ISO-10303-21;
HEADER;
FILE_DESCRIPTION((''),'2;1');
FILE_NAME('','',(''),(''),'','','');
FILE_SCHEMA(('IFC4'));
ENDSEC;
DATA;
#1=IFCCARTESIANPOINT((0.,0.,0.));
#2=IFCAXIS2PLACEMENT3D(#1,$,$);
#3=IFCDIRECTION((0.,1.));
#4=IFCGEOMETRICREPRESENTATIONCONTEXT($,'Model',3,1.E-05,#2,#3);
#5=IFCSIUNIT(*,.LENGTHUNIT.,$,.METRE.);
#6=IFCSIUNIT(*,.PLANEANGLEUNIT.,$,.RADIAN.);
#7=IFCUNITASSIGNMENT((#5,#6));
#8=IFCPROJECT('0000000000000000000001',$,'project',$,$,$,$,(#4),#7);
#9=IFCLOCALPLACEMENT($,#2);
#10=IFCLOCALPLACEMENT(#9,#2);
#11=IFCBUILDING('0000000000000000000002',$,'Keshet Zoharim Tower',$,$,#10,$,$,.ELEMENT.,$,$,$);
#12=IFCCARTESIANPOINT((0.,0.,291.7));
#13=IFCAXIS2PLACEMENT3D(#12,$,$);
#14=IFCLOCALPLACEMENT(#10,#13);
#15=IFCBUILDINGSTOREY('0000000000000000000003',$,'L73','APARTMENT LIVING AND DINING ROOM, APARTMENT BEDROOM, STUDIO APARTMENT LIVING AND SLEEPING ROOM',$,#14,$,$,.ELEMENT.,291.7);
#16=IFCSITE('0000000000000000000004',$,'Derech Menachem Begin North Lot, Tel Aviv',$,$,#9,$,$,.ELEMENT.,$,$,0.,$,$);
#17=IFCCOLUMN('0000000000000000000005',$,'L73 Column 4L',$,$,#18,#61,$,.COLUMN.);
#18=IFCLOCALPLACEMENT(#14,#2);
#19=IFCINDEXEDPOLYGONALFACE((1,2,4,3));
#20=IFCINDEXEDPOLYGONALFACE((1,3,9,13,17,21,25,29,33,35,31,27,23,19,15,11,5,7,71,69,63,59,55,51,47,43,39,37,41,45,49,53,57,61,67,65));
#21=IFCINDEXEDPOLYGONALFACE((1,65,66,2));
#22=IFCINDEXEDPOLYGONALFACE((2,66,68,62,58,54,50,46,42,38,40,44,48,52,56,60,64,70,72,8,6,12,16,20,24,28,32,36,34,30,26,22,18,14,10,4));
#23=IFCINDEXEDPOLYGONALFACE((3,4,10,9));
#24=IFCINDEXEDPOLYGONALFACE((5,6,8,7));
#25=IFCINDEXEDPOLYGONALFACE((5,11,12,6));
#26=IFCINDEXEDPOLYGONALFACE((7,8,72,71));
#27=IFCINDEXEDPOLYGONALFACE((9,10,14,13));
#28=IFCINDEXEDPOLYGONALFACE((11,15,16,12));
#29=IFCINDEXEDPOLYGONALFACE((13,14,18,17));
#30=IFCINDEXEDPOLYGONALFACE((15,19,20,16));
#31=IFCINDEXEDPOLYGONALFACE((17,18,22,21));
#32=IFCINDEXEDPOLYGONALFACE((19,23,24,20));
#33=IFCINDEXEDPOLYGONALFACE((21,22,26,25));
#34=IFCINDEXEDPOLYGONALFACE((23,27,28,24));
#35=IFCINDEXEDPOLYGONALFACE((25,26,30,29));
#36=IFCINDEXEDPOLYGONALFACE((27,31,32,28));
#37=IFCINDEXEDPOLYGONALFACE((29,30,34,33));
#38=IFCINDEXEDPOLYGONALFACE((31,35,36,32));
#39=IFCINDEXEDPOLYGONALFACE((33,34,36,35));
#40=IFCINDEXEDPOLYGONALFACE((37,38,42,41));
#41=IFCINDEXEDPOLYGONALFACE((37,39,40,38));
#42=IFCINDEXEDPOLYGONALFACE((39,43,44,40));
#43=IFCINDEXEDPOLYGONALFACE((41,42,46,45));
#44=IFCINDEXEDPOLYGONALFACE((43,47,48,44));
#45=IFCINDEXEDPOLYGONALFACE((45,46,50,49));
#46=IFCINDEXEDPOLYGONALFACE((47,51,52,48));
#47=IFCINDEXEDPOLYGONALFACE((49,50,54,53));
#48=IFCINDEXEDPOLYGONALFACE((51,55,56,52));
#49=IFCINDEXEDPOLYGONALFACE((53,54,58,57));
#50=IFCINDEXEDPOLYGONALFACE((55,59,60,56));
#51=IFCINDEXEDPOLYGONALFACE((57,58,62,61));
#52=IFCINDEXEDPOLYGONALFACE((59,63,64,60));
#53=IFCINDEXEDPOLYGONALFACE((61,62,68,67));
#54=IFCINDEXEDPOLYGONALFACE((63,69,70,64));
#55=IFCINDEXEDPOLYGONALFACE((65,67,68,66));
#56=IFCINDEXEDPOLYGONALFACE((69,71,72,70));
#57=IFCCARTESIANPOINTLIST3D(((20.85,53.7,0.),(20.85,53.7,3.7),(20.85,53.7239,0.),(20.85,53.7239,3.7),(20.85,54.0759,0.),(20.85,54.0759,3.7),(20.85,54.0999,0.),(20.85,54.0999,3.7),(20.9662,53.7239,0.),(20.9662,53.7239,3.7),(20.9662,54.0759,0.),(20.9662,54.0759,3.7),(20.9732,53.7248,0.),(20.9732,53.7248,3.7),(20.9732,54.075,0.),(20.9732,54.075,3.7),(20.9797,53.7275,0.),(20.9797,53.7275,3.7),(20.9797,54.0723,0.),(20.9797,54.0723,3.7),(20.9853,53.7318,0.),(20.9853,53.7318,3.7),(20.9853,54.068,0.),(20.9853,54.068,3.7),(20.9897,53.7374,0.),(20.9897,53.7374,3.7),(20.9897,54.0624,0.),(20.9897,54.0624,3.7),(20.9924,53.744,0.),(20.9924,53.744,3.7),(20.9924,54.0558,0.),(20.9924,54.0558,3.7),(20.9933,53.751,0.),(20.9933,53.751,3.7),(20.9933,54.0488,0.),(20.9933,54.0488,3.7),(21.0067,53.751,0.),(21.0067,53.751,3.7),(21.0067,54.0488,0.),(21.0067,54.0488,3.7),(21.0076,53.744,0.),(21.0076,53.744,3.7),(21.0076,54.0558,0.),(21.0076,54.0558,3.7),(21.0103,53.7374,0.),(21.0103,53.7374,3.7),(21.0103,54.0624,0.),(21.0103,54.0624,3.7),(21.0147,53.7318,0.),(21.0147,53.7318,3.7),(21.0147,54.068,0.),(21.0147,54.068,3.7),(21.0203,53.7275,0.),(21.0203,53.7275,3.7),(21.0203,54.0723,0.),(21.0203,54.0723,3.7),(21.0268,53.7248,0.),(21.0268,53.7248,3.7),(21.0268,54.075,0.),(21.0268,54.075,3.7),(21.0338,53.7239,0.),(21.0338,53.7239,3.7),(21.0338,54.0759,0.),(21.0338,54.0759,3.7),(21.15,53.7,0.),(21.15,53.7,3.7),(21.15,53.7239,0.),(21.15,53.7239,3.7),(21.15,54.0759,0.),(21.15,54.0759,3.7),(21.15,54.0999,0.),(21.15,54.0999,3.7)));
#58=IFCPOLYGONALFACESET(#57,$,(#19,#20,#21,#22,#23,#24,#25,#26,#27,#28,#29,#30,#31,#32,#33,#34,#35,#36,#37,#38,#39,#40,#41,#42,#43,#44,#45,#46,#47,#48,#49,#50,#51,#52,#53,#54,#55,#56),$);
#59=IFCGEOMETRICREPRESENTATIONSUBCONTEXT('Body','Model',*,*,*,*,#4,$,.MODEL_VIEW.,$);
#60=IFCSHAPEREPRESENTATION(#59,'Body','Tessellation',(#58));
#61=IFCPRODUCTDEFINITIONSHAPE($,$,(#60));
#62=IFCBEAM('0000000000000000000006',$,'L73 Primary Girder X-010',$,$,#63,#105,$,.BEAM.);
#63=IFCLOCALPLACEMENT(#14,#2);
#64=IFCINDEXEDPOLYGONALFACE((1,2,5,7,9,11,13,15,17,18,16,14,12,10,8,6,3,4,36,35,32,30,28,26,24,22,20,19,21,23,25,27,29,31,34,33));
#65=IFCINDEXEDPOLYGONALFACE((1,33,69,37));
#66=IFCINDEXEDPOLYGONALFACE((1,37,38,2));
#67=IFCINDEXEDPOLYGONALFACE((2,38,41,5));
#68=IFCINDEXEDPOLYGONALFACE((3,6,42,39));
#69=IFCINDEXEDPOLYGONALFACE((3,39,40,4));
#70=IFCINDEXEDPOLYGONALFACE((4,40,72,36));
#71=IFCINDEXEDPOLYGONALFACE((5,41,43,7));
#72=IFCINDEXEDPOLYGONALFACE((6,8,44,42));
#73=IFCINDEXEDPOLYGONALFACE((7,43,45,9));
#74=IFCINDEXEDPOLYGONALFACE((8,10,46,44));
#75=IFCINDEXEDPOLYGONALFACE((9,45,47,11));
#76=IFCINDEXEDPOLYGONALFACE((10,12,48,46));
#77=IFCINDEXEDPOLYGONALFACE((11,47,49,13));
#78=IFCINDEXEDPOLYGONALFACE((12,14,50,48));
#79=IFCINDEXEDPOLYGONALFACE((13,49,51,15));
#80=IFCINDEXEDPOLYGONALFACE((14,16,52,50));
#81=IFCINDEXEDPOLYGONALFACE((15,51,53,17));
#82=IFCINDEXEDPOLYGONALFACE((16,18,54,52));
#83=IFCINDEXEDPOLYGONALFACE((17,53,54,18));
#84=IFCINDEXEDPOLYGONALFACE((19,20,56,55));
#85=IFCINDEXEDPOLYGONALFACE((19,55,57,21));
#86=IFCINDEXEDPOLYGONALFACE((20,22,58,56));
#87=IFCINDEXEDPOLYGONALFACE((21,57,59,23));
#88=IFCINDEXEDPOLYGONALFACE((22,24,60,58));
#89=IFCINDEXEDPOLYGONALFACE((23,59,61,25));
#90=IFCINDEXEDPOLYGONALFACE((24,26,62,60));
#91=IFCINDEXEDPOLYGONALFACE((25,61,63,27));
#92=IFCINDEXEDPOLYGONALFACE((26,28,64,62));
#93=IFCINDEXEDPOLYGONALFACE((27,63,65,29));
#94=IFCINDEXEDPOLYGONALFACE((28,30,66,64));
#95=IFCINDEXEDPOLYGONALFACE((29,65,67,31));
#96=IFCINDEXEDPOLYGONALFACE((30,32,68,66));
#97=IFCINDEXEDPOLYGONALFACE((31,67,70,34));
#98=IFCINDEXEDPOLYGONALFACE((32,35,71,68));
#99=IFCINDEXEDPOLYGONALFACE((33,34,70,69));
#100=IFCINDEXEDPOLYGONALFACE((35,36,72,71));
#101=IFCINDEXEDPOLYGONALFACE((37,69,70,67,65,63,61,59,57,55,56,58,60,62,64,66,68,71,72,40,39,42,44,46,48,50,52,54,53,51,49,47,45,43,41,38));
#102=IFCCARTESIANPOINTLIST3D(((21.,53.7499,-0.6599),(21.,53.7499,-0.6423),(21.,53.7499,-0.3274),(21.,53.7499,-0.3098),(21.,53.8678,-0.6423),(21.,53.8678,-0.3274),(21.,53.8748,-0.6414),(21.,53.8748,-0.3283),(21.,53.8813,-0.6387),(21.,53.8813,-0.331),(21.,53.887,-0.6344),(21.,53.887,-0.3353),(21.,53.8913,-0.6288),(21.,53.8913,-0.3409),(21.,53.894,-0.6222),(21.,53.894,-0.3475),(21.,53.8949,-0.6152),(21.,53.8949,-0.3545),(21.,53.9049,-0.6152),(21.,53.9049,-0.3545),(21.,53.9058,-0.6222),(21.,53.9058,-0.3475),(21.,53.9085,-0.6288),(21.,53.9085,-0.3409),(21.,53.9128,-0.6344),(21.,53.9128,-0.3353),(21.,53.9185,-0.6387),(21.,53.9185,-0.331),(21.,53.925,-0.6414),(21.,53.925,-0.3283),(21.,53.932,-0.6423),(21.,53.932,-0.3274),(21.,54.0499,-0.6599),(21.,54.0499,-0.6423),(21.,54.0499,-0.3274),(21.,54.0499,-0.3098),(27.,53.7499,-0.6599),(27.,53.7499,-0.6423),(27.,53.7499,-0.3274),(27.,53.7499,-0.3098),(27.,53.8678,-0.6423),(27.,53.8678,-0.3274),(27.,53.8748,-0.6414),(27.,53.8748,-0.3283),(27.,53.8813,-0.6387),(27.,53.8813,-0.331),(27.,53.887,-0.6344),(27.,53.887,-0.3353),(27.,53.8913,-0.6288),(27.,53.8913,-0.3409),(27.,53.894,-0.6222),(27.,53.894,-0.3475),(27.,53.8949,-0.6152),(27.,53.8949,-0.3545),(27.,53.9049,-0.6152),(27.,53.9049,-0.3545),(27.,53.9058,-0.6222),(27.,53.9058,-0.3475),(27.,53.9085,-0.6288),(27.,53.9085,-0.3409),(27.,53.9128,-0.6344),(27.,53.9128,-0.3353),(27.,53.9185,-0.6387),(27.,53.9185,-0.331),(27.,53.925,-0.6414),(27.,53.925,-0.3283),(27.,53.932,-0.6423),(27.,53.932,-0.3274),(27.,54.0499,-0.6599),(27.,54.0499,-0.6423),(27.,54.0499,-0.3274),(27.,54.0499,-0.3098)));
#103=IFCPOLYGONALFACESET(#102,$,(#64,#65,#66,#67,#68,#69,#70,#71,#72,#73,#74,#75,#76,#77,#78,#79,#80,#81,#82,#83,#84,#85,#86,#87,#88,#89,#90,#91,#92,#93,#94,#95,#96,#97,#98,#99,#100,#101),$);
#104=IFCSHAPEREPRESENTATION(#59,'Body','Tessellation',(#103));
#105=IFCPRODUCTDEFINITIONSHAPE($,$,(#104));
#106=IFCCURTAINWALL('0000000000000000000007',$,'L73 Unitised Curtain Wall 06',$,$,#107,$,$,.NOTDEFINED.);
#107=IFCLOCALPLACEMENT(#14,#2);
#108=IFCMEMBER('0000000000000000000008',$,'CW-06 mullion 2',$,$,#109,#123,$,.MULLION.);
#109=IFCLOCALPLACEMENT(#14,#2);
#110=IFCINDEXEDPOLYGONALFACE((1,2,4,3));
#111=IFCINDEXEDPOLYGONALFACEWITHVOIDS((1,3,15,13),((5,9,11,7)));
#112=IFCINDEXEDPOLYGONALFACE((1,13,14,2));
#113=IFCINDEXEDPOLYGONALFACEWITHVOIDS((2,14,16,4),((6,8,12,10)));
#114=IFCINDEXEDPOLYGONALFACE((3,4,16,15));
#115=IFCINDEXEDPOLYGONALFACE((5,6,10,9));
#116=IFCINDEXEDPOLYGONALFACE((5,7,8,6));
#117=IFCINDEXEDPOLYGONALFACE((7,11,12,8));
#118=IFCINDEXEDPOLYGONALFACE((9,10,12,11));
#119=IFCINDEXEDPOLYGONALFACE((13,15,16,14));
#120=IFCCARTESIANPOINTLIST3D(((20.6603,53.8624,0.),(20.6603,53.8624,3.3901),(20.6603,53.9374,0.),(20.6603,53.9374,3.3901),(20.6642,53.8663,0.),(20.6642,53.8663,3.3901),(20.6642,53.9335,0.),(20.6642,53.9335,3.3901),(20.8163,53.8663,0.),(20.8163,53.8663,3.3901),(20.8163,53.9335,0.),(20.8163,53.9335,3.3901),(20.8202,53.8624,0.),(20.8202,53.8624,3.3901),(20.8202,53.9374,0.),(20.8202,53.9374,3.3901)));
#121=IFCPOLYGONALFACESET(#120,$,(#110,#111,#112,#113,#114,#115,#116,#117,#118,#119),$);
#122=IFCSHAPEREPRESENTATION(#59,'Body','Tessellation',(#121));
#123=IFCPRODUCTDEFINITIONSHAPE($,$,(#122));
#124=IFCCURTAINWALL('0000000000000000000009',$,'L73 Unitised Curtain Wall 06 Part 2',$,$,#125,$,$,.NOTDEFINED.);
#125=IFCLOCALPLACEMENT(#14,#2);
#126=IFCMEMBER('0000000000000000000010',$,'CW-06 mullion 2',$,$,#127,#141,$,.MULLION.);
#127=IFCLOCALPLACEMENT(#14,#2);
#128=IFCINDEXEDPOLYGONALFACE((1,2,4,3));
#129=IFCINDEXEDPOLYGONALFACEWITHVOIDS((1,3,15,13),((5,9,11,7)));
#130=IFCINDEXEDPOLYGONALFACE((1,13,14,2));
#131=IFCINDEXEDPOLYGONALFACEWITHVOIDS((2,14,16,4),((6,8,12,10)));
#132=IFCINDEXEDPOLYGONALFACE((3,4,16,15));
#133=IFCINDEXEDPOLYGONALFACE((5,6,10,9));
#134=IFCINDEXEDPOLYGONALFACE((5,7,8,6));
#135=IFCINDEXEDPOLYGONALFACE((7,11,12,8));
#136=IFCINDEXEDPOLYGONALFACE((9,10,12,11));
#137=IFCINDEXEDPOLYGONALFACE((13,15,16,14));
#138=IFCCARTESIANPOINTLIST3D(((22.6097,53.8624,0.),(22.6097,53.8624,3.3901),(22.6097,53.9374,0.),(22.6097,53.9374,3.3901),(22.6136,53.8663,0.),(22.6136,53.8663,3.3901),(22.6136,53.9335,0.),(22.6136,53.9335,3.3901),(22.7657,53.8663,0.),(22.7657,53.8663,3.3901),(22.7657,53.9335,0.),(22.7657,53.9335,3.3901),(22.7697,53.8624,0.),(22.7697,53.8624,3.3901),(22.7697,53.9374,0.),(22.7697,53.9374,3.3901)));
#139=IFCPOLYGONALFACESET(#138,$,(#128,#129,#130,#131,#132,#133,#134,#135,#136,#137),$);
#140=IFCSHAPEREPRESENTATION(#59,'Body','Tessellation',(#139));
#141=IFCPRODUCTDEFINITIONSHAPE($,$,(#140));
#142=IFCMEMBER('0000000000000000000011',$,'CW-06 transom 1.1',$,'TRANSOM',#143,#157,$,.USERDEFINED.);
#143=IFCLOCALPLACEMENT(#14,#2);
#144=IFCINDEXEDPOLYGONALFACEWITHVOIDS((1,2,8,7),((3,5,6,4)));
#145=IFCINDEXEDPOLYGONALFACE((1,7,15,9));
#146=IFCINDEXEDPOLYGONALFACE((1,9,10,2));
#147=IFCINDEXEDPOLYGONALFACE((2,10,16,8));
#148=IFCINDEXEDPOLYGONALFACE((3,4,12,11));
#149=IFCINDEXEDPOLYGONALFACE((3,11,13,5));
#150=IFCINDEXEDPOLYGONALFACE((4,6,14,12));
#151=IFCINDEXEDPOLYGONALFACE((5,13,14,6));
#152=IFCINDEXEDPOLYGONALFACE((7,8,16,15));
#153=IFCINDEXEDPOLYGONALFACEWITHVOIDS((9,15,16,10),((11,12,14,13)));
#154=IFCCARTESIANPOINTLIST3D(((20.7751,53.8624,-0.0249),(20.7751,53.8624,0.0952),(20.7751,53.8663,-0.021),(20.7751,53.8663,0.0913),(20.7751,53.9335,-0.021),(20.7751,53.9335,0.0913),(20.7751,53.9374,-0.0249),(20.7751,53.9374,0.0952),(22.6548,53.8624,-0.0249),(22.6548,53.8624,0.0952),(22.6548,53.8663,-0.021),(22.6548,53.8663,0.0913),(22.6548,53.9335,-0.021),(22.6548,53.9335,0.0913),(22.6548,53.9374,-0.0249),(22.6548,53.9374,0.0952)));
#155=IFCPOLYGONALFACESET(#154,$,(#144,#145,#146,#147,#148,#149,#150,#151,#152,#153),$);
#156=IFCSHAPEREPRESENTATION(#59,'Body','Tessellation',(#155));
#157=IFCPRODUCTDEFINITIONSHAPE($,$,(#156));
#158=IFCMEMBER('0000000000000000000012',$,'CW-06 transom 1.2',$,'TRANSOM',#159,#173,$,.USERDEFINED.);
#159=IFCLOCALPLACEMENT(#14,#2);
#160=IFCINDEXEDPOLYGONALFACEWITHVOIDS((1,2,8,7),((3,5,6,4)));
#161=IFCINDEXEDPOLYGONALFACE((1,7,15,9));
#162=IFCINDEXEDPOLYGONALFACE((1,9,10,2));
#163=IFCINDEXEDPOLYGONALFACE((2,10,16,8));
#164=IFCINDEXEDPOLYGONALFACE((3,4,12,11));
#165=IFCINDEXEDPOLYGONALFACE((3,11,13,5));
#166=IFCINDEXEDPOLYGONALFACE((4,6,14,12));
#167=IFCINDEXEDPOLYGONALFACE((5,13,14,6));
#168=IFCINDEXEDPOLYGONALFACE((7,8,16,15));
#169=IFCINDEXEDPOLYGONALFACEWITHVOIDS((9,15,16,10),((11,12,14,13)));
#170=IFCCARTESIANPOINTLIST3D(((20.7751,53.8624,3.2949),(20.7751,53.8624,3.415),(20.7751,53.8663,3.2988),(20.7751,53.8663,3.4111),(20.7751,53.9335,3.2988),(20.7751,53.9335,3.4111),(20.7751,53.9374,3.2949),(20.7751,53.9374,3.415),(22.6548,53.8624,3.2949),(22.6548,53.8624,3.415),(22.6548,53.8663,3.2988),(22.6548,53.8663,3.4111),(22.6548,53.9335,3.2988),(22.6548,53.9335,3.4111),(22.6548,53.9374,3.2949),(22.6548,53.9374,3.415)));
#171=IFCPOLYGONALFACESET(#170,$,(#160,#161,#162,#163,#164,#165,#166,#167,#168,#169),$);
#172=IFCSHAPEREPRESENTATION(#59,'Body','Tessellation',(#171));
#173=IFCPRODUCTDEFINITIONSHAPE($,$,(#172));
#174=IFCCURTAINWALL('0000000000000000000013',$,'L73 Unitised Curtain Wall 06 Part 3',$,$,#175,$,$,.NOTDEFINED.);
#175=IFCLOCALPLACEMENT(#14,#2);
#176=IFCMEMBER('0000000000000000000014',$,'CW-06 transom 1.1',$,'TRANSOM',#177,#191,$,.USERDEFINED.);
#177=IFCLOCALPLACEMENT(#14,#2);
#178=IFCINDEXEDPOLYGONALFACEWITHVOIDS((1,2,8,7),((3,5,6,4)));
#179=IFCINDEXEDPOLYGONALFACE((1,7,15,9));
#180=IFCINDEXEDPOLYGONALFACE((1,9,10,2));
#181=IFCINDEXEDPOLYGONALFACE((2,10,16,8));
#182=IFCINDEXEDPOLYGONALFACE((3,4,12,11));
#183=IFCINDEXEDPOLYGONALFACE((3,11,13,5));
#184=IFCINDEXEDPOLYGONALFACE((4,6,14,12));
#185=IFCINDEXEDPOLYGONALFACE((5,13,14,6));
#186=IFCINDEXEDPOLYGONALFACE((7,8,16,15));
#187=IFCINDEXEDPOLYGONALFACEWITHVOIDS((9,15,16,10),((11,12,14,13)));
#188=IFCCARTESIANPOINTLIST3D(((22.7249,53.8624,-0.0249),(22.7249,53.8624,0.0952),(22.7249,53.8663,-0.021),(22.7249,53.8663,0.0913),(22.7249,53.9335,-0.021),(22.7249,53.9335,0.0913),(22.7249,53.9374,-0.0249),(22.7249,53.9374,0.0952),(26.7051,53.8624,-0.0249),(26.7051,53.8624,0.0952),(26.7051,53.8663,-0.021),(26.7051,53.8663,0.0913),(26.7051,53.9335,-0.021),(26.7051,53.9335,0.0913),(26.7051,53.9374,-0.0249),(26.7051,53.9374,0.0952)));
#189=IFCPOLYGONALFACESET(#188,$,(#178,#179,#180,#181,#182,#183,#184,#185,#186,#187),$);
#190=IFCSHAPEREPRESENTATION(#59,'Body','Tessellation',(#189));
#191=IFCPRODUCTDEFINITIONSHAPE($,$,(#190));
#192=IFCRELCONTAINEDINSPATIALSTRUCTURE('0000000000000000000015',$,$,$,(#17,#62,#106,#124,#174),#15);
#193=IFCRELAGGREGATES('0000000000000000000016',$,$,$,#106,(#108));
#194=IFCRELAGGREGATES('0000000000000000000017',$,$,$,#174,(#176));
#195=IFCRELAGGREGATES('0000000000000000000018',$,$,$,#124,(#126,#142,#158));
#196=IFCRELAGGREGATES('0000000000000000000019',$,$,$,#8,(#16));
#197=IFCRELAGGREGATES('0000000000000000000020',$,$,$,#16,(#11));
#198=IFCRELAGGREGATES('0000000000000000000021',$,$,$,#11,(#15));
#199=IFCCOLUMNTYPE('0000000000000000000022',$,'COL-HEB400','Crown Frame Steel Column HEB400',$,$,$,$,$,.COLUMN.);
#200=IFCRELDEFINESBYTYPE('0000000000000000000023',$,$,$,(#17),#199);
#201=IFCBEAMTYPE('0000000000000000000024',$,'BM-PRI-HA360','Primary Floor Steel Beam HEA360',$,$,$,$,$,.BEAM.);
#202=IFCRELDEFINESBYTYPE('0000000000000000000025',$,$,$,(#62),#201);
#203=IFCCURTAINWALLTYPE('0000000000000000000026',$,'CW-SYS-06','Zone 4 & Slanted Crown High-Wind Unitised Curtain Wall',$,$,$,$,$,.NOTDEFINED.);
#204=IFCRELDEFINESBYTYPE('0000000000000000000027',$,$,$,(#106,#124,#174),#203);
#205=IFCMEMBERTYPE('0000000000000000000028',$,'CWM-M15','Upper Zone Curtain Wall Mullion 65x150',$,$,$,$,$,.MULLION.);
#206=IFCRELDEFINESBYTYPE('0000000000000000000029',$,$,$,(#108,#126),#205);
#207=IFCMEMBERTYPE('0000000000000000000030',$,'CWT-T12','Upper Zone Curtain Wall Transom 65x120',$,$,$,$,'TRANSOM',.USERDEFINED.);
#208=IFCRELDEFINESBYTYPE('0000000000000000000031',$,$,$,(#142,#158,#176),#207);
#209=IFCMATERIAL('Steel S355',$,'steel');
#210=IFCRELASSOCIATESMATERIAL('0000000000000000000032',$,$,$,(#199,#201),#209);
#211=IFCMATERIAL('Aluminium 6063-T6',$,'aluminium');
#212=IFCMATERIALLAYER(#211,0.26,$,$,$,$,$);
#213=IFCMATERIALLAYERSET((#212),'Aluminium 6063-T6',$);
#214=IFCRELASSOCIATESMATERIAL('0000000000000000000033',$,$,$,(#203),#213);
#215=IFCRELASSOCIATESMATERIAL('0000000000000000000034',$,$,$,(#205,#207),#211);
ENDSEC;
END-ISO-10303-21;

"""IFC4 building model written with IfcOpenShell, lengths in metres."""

from ifc_helpers import new_model, si_unit, direction, frame, origin, origin_2d, place, context, subcontext, project, spatial, hollow_rectangle, i_section, extrude, material, layer, layer_set, material_profile, profile_set, type_object, element, aggregate, save


model = new_model("IFC4")

# Units and contexts
model_context = context("Model", 3, precision=1e-05, world=origin(), true_north=direction((0.0, 1.0)))
body_context = subcontext(model_context, "Body", "Model", "MODEL_VIEW")
ifc_project = project(units=[si_unit("LENGTHUNIT", "METRE"), si_unit("PLANEANGLEUNIT", "RADIAN")], contexts=[model_context])

# Site, building, storey
site_placement = place(None, origin())
site = spatial("IfcSite", under=ifc_project, at=site_placement, Name="Derech Menachem Begin North Lot, Tel Aviv", CompositionType="ELEMENT", RefElevation=0.0)
building_placement = place(site_placement, origin())
building = spatial("IfcBuilding", under=site, at=building_placement, Name="Keshet Zoharim Tower", CompositionType="ELEMENT")
storey_placement = place(building_placement, frame((0.0, 0.0, 291.7)))
storey = spatial("IfcBuildingStorey", under=building, at=storey_placement, Name="L73", Description="APARTMENT LIVING AND DINING ROOM, APARTMENT BEDROOM, STUDIO APARTMENT LIVING AND SLEEPING ROOM", CompositionType="ELEMENT", Elevation=291.7)

# Column
ifc_material_1 = material(Name="Steel S355", Category="steel")
ifc_material_profile_1 = material_profile(ifc_material_1, i_section(OverallWidth=0.3, OverallDepth=0.3999, WebThickness=0.0134, FlangeThickness=0.0239, FilletRadius=0.0271, at=origin_2d()), Name="HEB400")
ifc_profile_set_1 = profile_set([ifc_material_profile_1], Name="Steel S355")
column_type = type_object("IfcColumnType", Name="COL-HEB400", Description="Crown Frame Steel Column HEB400", PredefinedType="COLUMN", material=ifc_profile_set_1)
column_placement = place(storey_placement, frame((21.0, 53.8999, 0.0), z_axis=(0.0, 0.0, 1.0), x_axis=(1.0, 0.0, 0.0)))
element("IfcColumn", 1, at=column_placement, inside=storey, type_object=column_type, Name="L73 Column 4L", PredefinedType="COLUMN", context=body_context, shape_type="SweptSolid", body=[
    extrude(i_section(OverallWidth=0.3, OverallDepth=0.3999, WebThickness=0.0134, FlangeThickness=0.0239, FilletRadius=0.0271, at=origin_2d()), origin(), (0.0, 0.0, 1.0), 3.7),
])

# Beam
ifc_material_profile_2 = material_profile(ifc_material_1, i_section(OverallWidth=0.3, OverallDepth=0.3501, WebThickness=0.01, FlangeThickness=0.0176, FilletRadius=0.0271, at=origin_2d()), Name="HEA360")
ifc_profile_set_2 = profile_set([ifc_material_profile_2], Name="Steel S355")
beam_type = type_object("IfcBeamType", Name="BM-PRI-HA360", Description="Primary Floor Steel Beam HEA360", PredefinedType="BEAM", material=ifc_profile_set_2)
beam_placement = place(storey_placement, frame((21.0, 53.8999, -0.4849), z_axis=(1.0, 0.0, 0.0), x_axis=(0.0, 1.0, 0.0)))
element("IfcBeam", 2, at=beam_placement, inside=storey, type_object=beam_type, Name="L73 Primary Girder X-010", PredefinedType="BEAM", context=body_context, shape_type="SweptSolid", body=[
    extrude(i_section(OverallWidth=0.3, OverallDepth=0.3501, WebThickness=0.01, FlangeThickness=0.0176, FilletRadius=0.0271, at=origin_2d()), origin(), (0.0, 0.0, 1.0), 6.0),
])

# Curtain wall, member
ifc_material_2 = material(Name="Aluminium 6063-T6", Category="aluminium")
ifc_layer_1 = layer(ifc_material_2, 0.26)
ifc_layer_set_1 = layer_set([ifc_layer_1], Name="Aluminium 6063-T6")
curtain_wall_type = type_object("IfcCurtainWallType", Name="CW-SYS-06", Description="Zone 4 & Slanted Crown High-Wind Unitised Curtain Wall", PredefinedType="NOTDEFINED", material=ifc_layer_set_1)
curtain_wall_1_placement = place(storey_placement, origin())
curtain_wall_1 = element("IfcCurtainWall", 3, at=curtain_wall_1_placement, inside=storey, type_object=curtain_wall_type, Name="L73 Unitised Curtain Wall 06", PredefinedType="NOTDEFINED")
ifc_material_profile_3 = material_profile(ifc_material_2, hollow_rectangle(XDim=0.075, YDim=0.1599, WallThickness=0.0039, at=origin_2d()), Name="MUL-75x160")
ifc_profile_set_3 = profile_set([ifc_material_profile_3], Name="Aluminium 6063-T6")
member_type_1 = type_object("IfcMemberType", Name="CWM-M15", Description="Upper Zone Curtain Wall Mullion 65x150", PredefinedType="MULLION", material=ifc_profile_set_3)
member_1_placement = place(storey_placement, frame((20.7402, 53.8999, 0.0), z_axis=(0.0, 0.0, 1.0), x_axis=(0.0, 1.0, 0.0)))
member_1 = element("IfcMember", 4, at=member_1_placement, type_object=member_type_1, Name="CW-06 mullion 2", PredefinedType="MULLION", context=body_context, shape_type="SweptSolid", body=[
    extrude(hollow_rectangle(XDim=0.075, YDim=0.1599, WallThickness=0.0039, at=origin_2d()), origin(), (0.0, 0.0, 1.0), 3.3901),
])

# Curtain walls, members
curtain_wall_2_placement = place(storey_placement, origin())
curtain_wall_2 = element("IfcCurtainWall", 5, at=curtain_wall_2_placement, inside=storey, type_object=curtain_wall_type, Name="L73 Unitised Curtain Wall 06 Part 2", PredefinedType="NOTDEFINED")
member_2_placement = place(storey_placement, frame((22.6897, 53.8999, 0.0), z_axis=(0.0, 0.0, 1.0), x_axis=(0.0, 1.0, 0.0)))
member_2 = element("IfcMember", 6, at=member_2_placement, type_object=member_type_1, Name="CW-06 mullion 2", PredefinedType="MULLION", context=body_context, shape_type="SweptSolid", body=[
    extrude(hollow_rectangle(XDim=0.075, YDim=0.1599, WallThickness=0.0039, at=origin_2d()), origin(), (0.0, 0.0, 1.0), 3.3901),
])
ifc_material_profile_4 = material_profile(ifc_material_2, hollow_rectangle(XDim=0.075, YDim=0.1201, WallThickness=0.0039, at=origin_2d()), Name="TRN-75x120")
ifc_profile_set_4 = profile_set([ifc_material_profile_4], Name="Aluminium 6063-T6")
member_type_2 = type_object("IfcMemberType", Name="CWT-T12", Description="Upper Zone Curtain Wall Transom 65x120", ElementType="TRANSOM", PredefinedType="USERDEFINED", material=ifc_profile_set_4)
member_3_placement = place(storey_placement, frame((20.7751, 53.8999, 0.0352), z_axis=(1.0, 0.0, 0.0), x_axis=(0.0, 1.0, 0.0)))
member_3 = element("IfcMember", 7, at=member_3_placement, type_object=member_type_2, Name="CW-06 transom 1.1", ObjectType="TRANSOM", PredefinedType="USERDEFINED", context=body_context, shape_type="SweptSolid", body=[
    extrude(hollow_rectangle(XDim=0.075, YDim=0.1201, WallThickness=0.0039, at=origin_2d()), origin(), (0.0, 0.0, 1.0), 1.8796),
])
member_4_placement = place(storey_placement, frame((20.7751, 53.8999, 3.355), z_axis=(1.0, 0.0, 0.0), x_axis=(0.0, 1.0, 0.0)))
member_4 = element("IfcMember", 8, at=member_4_placement, type_object=member_type_2, Name="CW-06 transom 1.2", ObjectType="TRANSOM", PredefinedType="USERDEFINED", context=body_context, shape_type="SweptSolid", body=[
    extrude(hollow_rectangle(XDim=0.075, YDim=0.1201, WallThickness=0.0039, at=origin_2d()), origin(), (0.0, 0.0, 1.0), 1.8796),
])
curtain_wall_3_placement = place(storey_placement, origin())
curtain_wall_3 = element("IfcCurtainWall", 9, at=curtain_wall_3_placement, inside=storey, type_object=curtain_wall_type, Name="L73 Unitised Curtain Wall 06 Part 3", PredefinedType="NOTDEFINED")
member_5_placement = place(storey_placement, frame((22.7249, 53.8999, 0.0352), z_axis=(1.0, 0.0, 0.0), x_axis=(0.0, 1.0, 0.0)))
member_5 = element("IfcMember", 10, at=member_5_placement, type_object=member_type_2, Name="CW-06 transom 1.1", ObjectType="TRANSOM", PredefinedType="USERDEFINED", context=body_context, shape_type="SweptSolid", body=[
    extrude(hollow_rectangle(XDim=0.075, YDim=0.1201, WallThickness=0.0039, at=origin_2d()), origin(), (0.0, 0.0, 1.0), 3.9802),
])

aggregate(curtain_wall_1, [member_1])
aggregate(curtain_wall_3, [member_5])
aggregate(curtain_wall_2, [member_2, member_3, member_4])

save(model, "model.ifc")
